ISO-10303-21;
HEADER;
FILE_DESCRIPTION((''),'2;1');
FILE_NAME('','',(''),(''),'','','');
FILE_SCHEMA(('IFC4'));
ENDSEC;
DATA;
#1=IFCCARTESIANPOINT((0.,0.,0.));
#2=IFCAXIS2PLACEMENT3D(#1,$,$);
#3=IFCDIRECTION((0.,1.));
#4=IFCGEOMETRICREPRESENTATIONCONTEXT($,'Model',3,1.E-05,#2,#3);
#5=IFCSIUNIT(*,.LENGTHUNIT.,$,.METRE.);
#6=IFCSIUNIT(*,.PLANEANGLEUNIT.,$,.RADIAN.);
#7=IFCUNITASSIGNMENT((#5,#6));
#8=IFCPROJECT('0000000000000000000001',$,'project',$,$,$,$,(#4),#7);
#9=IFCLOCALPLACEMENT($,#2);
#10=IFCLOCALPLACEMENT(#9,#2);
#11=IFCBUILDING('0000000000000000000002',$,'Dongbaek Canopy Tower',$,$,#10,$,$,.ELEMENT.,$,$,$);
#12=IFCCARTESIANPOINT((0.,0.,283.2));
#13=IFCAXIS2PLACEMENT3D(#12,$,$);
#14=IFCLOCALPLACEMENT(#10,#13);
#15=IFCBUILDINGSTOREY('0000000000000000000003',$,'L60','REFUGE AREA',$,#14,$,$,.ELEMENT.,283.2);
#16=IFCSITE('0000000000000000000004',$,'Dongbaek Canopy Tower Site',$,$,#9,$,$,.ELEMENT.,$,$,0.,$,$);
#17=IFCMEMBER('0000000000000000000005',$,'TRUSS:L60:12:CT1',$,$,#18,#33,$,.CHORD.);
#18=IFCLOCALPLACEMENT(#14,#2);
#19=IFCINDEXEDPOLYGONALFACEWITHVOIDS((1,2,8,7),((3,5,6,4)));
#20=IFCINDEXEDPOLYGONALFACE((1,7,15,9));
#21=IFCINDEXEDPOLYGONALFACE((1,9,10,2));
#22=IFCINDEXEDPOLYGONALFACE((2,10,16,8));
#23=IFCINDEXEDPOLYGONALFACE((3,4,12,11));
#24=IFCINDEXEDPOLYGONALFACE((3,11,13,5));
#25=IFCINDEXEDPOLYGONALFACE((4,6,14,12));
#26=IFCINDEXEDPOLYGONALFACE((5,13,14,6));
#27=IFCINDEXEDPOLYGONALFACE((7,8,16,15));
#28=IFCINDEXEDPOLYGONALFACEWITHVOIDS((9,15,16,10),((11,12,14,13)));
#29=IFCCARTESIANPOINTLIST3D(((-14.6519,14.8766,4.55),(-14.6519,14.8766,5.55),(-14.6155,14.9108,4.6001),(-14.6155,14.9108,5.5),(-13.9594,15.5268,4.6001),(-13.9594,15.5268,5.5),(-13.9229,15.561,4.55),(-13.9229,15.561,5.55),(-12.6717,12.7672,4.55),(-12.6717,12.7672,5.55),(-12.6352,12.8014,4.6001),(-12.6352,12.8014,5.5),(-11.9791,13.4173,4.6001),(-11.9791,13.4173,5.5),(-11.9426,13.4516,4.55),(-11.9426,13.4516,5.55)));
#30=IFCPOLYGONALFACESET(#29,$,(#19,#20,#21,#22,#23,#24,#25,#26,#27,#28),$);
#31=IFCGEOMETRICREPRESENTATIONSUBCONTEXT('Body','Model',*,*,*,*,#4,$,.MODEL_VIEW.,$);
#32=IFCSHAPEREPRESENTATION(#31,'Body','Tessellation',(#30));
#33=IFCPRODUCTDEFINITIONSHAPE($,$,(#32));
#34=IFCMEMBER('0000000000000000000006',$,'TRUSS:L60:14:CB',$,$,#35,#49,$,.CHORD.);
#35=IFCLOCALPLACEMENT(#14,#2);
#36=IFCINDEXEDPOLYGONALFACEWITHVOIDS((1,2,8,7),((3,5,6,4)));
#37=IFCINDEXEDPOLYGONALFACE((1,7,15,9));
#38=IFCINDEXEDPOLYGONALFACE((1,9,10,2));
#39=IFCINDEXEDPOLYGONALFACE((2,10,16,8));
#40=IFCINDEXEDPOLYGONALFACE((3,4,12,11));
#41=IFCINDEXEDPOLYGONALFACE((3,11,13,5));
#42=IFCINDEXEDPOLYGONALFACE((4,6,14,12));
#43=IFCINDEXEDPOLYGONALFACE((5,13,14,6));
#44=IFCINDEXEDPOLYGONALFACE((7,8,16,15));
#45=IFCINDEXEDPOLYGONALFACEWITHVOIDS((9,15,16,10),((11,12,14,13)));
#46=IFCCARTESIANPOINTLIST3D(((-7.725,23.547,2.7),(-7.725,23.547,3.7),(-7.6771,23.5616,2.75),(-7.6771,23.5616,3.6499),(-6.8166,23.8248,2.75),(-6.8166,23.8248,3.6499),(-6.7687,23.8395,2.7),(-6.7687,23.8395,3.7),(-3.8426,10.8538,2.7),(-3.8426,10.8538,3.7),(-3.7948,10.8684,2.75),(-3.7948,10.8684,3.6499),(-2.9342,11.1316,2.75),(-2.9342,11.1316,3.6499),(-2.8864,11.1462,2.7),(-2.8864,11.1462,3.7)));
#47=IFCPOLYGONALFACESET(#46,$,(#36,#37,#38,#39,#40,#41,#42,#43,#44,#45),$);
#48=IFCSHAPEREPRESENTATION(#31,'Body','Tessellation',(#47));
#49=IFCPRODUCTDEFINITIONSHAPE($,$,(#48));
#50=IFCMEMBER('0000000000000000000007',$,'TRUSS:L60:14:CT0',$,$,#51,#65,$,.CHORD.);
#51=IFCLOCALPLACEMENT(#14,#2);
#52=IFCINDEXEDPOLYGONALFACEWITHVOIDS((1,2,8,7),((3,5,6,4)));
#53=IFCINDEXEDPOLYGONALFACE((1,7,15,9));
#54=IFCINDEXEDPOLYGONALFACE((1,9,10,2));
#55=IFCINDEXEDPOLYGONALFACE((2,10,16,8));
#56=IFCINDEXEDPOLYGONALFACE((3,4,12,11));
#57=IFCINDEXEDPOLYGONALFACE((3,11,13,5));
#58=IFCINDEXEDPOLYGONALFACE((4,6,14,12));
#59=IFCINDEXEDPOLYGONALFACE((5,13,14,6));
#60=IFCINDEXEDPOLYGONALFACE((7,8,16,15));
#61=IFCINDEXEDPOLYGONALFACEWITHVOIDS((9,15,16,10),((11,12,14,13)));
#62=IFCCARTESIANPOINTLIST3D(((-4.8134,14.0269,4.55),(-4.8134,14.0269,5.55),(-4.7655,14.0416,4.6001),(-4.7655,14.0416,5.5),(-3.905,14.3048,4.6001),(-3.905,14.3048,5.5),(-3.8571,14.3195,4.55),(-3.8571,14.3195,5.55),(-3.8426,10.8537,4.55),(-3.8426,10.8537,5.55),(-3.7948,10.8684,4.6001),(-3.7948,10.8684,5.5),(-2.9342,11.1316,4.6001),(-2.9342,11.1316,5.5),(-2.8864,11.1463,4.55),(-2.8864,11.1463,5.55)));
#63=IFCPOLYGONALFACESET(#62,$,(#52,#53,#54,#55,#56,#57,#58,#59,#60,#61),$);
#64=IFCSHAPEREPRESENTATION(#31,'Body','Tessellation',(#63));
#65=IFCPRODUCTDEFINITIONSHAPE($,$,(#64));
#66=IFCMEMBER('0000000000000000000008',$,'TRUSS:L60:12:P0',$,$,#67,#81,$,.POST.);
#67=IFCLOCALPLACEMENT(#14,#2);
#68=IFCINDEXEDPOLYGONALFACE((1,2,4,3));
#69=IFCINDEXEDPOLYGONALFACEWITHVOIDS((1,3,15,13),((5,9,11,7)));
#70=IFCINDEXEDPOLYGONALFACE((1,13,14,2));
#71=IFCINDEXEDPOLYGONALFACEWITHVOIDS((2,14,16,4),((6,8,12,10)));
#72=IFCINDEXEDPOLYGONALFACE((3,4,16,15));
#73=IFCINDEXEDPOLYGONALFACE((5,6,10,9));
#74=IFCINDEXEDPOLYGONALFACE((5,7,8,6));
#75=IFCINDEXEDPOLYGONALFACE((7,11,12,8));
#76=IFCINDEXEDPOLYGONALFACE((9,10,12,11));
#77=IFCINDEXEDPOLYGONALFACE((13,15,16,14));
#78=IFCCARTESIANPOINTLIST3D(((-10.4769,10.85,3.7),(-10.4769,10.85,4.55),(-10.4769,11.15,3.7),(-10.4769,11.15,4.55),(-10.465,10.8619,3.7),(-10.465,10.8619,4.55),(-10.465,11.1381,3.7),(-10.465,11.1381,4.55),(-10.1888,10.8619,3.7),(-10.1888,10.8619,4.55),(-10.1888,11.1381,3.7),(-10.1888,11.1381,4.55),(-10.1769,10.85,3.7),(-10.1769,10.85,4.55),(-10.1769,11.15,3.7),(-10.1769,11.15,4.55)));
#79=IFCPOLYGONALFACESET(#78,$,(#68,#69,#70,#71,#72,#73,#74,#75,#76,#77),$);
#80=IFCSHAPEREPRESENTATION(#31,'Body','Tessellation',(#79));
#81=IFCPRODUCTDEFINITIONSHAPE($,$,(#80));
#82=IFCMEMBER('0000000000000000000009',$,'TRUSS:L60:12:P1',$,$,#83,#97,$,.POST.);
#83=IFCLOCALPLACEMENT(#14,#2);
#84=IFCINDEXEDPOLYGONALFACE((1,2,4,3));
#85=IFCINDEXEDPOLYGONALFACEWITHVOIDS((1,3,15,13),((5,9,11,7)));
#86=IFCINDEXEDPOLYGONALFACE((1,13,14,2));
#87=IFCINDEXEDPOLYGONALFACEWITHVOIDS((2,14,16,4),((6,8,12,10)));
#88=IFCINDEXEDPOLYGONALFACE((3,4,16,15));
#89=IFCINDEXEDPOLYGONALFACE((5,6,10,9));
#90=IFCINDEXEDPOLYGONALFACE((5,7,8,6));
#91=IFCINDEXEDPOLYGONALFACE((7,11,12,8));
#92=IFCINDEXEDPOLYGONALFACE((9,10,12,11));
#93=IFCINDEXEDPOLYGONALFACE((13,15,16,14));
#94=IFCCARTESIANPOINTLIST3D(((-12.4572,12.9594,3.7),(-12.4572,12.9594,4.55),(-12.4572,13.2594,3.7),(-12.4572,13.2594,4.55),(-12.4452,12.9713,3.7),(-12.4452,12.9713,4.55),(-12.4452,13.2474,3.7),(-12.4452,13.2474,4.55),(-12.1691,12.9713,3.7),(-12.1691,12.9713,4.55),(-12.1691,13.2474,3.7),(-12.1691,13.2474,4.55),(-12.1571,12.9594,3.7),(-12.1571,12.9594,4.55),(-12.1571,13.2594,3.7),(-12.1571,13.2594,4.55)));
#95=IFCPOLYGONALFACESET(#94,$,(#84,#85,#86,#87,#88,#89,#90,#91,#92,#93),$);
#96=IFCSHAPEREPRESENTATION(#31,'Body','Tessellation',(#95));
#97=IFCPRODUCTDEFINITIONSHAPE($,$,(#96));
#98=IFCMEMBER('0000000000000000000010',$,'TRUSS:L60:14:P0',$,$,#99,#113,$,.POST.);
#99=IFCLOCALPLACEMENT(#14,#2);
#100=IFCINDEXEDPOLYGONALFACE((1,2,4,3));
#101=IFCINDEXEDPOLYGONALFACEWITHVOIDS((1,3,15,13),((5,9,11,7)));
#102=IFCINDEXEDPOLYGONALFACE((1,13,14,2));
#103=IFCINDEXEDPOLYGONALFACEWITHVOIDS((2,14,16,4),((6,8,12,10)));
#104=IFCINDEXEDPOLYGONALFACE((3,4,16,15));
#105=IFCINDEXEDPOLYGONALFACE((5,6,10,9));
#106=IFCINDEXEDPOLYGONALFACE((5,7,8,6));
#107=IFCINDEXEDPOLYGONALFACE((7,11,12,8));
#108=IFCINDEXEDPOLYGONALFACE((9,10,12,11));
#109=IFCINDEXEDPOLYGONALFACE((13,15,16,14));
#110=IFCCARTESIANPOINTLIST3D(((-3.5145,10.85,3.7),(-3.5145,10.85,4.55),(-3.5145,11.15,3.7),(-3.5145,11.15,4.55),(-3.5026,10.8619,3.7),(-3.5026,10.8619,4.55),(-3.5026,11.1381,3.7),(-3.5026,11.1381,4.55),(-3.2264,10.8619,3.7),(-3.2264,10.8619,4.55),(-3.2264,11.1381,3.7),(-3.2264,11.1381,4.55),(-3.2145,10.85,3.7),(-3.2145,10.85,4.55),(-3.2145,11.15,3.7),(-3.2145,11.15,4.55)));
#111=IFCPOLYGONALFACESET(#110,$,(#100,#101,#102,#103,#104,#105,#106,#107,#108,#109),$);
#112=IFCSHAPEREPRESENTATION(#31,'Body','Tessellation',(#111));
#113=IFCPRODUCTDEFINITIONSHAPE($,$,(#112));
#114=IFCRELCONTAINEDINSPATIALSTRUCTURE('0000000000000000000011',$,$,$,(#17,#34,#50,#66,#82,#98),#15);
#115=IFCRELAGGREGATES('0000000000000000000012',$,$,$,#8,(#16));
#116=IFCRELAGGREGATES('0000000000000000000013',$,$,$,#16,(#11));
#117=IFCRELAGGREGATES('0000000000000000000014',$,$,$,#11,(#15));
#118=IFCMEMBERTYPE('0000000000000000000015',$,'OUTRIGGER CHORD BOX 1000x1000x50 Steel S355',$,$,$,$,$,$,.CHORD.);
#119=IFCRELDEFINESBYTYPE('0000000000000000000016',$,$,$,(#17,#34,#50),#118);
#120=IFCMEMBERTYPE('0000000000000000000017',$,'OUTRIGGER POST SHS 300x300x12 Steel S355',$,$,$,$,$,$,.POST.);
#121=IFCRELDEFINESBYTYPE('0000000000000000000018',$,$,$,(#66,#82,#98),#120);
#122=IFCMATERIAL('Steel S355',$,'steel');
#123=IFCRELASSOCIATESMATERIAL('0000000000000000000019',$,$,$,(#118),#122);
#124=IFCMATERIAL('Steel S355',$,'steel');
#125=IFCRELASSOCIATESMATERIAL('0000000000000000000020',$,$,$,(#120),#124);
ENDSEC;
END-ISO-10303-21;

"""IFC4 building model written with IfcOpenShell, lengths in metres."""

from ifc_helpers import new_model, si_unit, direction, frame, origin, origin_2d, place, context, subcontext, project, spatial, hollow_rectangle, extrude, material, material_profile, profile_set, type_object, element, save


model = new_model("IFC4")

# Units and contexts
model_context = context("Model", 3, precision=1e-05, world=origin(), true_north=direction((0.0, 1.0)))
body_context = subcontext(model_context, "Body", "Model", "MODEL_VIEW")
ifc_project = project(units=[si_unit("LENGTHUNIT", "METRE"), si_unit("PLANEANGLEUNIT", "RADIAN")], contexts=[model_context])

# Site, building, storey
site_placement = place(None, origin())
site = spatial("IfcSite", under=ifc_project, at=site_placement, Name="Dongbaek Canopy Tower Site", CompositionType="ELEMENT", RefElevation=0.0)
building_placement = place(site_placement, origin())
building = spatial("IfcBuilding", under=site, at=building_placement, Name="Dongbaek Canopy Tower", CompositionType="ELEMENT")
storey_placement = place(building_placement, frame((0.0, 0.0, 283.2)))
storey = spatial("IfcBuildingStorey", under=building, at=storey_placement, Name="L60", Description="REFUGE AREA", CompositionType="ELEMENT", Elevation=283.2)

# Members
ifc_material_1 = material(Name="Steel S355", Category="steel")
ifc_material_profile_1 = material_profile(ifc_material_1, hollow_rectangle(XDim=1.0, YDim=1.0, WallThickness=0.05, at=origin_2d()), Name="OUTRIGGER CHORD BOX 1000x1000x50 Steel S355")
ifc_profile_set_1 = profile_set([ifc_material_profile_1], Name="Steel S355")
member_type_1 = type_object("IfcMemberType", Name="OUTRIGGER CHORD BOX 1000x1000x50 Steel S355", PredefinedType="CHORD", material=ifc_profile_set_1)
for number, where, z_axis, x_axis, name in (
    (1, (-12.3071, 13.1094, 5.05), (-0.684435, 0.729074, 0.0), (-0.729074, -0.684435, 0.0), "TRUSS:L60:12:CT1"),
):
    element("IfcMember", number, at=place(storey_placement, frame(where, z_axis=z_axis, x_axis=x_axis)), inside=storey, type_object=member_type_1, Name=name, PredefinedType="CHORD", context=body_context, shape_type="SweptSolid", body=[
        extrude(hollow_rectangle(XDim=1.0, YDim=1.0, WallThickness=0.05, at=origin_2d()), origin(), (0.0, 0.0, 1.0), 2.8933),
    ])
member_1_placement = place(storey_placement, frame((-3.3645, 11.0, 3.2), z_axis=(-0.292485, 0.95627, 0.0), x_axis=(-0.95627, -0.292485, 0.0)))
element("IfcMember", 2, at=member_1_placement, inside=storey, type_object=member_type_1, Name="TRUSS:L60:14:CB", PredefinedType="CHORD", context=body_context, shape_type="SweptSolid", body=[
    extrude(hollow_rectangle(XDim=1.0, YDim=1.0, WallThickness=0.05, at=origin_2d()), origin(), (0.0, 0.0, 1.0), 13.2737),
])
member_2_placement = place(storey_placement, frame((-3.3645, 11.0, 5.05), z_axis=(-0.292534, 0.956255, 0.0), x_axis=(-0.956255, -0.292534, 0.0)))
element("IfcMember", 3, at=member_2_placement, inside=storey, type_object=member_type_1, Name="TRUSS:L60:14:CT0", PredefinedType="CHORD", context=body_context, shape_type="SweptSolid", body=[
    extrude(hollow_rectangle(XDim=1.0, YDim=1.0, WallThickness=0.05, at=origin_2d()), origin(), (0.0, 0.0, 1.0), 3.3184),
])
ifc_material_2 = material(Name="Steel S355", Category="steel")
ifc_material_profile_2 = material_profile(ifc_material_2, hollow_rectangle(XDim=0.3, YDim=0.3, WallThickness=0.012, at=origin_2d()), Name="OUTRIGGER POST SHS 300x300x12 Steel S355")
ifc_profile_set_2 = profile_set([ifc_material_profile_2], Name="Steel S355")
member_type_2 = type_object("IfcMemberType", Name="OUTRIGGER POST SHS 300x300x12 Steel S355", PredefinedType="POST", material=ifc_profile_set_2)
for number, where, z_axis, x_axis, name in (
    (4, (-10.3269, 11.0, 3.7), (0.0, 0.0, 1.0), (1.0, 0.0, 0.0), "TRUSS:L60:12:P0"),
    (5, (-12.3071, 13.1094, 3.7), (0.0, 0.0, 1.0), (1.0, 0.0, 0.0), "TRUSS:L60:12:P1"),
    (6, (-3.3645, 11.0, 3.7), (0.0, 0.0, 1.0), (1.0, 0.0, 0.0), "TRUSS:L60:14:P0"),
):
    element("IfcMember", number, at=place(storey_placement, frame(where, z_axis=z_axis, x_axis=x_axis)), inside=storey, type_object=member_type_2, Name=name, PredefinedType="POST", context=body_context, shape_type="SweptSolid", body=[
        extrude(hollow_rectangle(XDim=0.3, YDim=0.3, WallThickness=0.012, at=origin_2d()), origin(), (0.0, 0.0, 1.0), 0.8501),
    ])

save(model, "model.ifc")
